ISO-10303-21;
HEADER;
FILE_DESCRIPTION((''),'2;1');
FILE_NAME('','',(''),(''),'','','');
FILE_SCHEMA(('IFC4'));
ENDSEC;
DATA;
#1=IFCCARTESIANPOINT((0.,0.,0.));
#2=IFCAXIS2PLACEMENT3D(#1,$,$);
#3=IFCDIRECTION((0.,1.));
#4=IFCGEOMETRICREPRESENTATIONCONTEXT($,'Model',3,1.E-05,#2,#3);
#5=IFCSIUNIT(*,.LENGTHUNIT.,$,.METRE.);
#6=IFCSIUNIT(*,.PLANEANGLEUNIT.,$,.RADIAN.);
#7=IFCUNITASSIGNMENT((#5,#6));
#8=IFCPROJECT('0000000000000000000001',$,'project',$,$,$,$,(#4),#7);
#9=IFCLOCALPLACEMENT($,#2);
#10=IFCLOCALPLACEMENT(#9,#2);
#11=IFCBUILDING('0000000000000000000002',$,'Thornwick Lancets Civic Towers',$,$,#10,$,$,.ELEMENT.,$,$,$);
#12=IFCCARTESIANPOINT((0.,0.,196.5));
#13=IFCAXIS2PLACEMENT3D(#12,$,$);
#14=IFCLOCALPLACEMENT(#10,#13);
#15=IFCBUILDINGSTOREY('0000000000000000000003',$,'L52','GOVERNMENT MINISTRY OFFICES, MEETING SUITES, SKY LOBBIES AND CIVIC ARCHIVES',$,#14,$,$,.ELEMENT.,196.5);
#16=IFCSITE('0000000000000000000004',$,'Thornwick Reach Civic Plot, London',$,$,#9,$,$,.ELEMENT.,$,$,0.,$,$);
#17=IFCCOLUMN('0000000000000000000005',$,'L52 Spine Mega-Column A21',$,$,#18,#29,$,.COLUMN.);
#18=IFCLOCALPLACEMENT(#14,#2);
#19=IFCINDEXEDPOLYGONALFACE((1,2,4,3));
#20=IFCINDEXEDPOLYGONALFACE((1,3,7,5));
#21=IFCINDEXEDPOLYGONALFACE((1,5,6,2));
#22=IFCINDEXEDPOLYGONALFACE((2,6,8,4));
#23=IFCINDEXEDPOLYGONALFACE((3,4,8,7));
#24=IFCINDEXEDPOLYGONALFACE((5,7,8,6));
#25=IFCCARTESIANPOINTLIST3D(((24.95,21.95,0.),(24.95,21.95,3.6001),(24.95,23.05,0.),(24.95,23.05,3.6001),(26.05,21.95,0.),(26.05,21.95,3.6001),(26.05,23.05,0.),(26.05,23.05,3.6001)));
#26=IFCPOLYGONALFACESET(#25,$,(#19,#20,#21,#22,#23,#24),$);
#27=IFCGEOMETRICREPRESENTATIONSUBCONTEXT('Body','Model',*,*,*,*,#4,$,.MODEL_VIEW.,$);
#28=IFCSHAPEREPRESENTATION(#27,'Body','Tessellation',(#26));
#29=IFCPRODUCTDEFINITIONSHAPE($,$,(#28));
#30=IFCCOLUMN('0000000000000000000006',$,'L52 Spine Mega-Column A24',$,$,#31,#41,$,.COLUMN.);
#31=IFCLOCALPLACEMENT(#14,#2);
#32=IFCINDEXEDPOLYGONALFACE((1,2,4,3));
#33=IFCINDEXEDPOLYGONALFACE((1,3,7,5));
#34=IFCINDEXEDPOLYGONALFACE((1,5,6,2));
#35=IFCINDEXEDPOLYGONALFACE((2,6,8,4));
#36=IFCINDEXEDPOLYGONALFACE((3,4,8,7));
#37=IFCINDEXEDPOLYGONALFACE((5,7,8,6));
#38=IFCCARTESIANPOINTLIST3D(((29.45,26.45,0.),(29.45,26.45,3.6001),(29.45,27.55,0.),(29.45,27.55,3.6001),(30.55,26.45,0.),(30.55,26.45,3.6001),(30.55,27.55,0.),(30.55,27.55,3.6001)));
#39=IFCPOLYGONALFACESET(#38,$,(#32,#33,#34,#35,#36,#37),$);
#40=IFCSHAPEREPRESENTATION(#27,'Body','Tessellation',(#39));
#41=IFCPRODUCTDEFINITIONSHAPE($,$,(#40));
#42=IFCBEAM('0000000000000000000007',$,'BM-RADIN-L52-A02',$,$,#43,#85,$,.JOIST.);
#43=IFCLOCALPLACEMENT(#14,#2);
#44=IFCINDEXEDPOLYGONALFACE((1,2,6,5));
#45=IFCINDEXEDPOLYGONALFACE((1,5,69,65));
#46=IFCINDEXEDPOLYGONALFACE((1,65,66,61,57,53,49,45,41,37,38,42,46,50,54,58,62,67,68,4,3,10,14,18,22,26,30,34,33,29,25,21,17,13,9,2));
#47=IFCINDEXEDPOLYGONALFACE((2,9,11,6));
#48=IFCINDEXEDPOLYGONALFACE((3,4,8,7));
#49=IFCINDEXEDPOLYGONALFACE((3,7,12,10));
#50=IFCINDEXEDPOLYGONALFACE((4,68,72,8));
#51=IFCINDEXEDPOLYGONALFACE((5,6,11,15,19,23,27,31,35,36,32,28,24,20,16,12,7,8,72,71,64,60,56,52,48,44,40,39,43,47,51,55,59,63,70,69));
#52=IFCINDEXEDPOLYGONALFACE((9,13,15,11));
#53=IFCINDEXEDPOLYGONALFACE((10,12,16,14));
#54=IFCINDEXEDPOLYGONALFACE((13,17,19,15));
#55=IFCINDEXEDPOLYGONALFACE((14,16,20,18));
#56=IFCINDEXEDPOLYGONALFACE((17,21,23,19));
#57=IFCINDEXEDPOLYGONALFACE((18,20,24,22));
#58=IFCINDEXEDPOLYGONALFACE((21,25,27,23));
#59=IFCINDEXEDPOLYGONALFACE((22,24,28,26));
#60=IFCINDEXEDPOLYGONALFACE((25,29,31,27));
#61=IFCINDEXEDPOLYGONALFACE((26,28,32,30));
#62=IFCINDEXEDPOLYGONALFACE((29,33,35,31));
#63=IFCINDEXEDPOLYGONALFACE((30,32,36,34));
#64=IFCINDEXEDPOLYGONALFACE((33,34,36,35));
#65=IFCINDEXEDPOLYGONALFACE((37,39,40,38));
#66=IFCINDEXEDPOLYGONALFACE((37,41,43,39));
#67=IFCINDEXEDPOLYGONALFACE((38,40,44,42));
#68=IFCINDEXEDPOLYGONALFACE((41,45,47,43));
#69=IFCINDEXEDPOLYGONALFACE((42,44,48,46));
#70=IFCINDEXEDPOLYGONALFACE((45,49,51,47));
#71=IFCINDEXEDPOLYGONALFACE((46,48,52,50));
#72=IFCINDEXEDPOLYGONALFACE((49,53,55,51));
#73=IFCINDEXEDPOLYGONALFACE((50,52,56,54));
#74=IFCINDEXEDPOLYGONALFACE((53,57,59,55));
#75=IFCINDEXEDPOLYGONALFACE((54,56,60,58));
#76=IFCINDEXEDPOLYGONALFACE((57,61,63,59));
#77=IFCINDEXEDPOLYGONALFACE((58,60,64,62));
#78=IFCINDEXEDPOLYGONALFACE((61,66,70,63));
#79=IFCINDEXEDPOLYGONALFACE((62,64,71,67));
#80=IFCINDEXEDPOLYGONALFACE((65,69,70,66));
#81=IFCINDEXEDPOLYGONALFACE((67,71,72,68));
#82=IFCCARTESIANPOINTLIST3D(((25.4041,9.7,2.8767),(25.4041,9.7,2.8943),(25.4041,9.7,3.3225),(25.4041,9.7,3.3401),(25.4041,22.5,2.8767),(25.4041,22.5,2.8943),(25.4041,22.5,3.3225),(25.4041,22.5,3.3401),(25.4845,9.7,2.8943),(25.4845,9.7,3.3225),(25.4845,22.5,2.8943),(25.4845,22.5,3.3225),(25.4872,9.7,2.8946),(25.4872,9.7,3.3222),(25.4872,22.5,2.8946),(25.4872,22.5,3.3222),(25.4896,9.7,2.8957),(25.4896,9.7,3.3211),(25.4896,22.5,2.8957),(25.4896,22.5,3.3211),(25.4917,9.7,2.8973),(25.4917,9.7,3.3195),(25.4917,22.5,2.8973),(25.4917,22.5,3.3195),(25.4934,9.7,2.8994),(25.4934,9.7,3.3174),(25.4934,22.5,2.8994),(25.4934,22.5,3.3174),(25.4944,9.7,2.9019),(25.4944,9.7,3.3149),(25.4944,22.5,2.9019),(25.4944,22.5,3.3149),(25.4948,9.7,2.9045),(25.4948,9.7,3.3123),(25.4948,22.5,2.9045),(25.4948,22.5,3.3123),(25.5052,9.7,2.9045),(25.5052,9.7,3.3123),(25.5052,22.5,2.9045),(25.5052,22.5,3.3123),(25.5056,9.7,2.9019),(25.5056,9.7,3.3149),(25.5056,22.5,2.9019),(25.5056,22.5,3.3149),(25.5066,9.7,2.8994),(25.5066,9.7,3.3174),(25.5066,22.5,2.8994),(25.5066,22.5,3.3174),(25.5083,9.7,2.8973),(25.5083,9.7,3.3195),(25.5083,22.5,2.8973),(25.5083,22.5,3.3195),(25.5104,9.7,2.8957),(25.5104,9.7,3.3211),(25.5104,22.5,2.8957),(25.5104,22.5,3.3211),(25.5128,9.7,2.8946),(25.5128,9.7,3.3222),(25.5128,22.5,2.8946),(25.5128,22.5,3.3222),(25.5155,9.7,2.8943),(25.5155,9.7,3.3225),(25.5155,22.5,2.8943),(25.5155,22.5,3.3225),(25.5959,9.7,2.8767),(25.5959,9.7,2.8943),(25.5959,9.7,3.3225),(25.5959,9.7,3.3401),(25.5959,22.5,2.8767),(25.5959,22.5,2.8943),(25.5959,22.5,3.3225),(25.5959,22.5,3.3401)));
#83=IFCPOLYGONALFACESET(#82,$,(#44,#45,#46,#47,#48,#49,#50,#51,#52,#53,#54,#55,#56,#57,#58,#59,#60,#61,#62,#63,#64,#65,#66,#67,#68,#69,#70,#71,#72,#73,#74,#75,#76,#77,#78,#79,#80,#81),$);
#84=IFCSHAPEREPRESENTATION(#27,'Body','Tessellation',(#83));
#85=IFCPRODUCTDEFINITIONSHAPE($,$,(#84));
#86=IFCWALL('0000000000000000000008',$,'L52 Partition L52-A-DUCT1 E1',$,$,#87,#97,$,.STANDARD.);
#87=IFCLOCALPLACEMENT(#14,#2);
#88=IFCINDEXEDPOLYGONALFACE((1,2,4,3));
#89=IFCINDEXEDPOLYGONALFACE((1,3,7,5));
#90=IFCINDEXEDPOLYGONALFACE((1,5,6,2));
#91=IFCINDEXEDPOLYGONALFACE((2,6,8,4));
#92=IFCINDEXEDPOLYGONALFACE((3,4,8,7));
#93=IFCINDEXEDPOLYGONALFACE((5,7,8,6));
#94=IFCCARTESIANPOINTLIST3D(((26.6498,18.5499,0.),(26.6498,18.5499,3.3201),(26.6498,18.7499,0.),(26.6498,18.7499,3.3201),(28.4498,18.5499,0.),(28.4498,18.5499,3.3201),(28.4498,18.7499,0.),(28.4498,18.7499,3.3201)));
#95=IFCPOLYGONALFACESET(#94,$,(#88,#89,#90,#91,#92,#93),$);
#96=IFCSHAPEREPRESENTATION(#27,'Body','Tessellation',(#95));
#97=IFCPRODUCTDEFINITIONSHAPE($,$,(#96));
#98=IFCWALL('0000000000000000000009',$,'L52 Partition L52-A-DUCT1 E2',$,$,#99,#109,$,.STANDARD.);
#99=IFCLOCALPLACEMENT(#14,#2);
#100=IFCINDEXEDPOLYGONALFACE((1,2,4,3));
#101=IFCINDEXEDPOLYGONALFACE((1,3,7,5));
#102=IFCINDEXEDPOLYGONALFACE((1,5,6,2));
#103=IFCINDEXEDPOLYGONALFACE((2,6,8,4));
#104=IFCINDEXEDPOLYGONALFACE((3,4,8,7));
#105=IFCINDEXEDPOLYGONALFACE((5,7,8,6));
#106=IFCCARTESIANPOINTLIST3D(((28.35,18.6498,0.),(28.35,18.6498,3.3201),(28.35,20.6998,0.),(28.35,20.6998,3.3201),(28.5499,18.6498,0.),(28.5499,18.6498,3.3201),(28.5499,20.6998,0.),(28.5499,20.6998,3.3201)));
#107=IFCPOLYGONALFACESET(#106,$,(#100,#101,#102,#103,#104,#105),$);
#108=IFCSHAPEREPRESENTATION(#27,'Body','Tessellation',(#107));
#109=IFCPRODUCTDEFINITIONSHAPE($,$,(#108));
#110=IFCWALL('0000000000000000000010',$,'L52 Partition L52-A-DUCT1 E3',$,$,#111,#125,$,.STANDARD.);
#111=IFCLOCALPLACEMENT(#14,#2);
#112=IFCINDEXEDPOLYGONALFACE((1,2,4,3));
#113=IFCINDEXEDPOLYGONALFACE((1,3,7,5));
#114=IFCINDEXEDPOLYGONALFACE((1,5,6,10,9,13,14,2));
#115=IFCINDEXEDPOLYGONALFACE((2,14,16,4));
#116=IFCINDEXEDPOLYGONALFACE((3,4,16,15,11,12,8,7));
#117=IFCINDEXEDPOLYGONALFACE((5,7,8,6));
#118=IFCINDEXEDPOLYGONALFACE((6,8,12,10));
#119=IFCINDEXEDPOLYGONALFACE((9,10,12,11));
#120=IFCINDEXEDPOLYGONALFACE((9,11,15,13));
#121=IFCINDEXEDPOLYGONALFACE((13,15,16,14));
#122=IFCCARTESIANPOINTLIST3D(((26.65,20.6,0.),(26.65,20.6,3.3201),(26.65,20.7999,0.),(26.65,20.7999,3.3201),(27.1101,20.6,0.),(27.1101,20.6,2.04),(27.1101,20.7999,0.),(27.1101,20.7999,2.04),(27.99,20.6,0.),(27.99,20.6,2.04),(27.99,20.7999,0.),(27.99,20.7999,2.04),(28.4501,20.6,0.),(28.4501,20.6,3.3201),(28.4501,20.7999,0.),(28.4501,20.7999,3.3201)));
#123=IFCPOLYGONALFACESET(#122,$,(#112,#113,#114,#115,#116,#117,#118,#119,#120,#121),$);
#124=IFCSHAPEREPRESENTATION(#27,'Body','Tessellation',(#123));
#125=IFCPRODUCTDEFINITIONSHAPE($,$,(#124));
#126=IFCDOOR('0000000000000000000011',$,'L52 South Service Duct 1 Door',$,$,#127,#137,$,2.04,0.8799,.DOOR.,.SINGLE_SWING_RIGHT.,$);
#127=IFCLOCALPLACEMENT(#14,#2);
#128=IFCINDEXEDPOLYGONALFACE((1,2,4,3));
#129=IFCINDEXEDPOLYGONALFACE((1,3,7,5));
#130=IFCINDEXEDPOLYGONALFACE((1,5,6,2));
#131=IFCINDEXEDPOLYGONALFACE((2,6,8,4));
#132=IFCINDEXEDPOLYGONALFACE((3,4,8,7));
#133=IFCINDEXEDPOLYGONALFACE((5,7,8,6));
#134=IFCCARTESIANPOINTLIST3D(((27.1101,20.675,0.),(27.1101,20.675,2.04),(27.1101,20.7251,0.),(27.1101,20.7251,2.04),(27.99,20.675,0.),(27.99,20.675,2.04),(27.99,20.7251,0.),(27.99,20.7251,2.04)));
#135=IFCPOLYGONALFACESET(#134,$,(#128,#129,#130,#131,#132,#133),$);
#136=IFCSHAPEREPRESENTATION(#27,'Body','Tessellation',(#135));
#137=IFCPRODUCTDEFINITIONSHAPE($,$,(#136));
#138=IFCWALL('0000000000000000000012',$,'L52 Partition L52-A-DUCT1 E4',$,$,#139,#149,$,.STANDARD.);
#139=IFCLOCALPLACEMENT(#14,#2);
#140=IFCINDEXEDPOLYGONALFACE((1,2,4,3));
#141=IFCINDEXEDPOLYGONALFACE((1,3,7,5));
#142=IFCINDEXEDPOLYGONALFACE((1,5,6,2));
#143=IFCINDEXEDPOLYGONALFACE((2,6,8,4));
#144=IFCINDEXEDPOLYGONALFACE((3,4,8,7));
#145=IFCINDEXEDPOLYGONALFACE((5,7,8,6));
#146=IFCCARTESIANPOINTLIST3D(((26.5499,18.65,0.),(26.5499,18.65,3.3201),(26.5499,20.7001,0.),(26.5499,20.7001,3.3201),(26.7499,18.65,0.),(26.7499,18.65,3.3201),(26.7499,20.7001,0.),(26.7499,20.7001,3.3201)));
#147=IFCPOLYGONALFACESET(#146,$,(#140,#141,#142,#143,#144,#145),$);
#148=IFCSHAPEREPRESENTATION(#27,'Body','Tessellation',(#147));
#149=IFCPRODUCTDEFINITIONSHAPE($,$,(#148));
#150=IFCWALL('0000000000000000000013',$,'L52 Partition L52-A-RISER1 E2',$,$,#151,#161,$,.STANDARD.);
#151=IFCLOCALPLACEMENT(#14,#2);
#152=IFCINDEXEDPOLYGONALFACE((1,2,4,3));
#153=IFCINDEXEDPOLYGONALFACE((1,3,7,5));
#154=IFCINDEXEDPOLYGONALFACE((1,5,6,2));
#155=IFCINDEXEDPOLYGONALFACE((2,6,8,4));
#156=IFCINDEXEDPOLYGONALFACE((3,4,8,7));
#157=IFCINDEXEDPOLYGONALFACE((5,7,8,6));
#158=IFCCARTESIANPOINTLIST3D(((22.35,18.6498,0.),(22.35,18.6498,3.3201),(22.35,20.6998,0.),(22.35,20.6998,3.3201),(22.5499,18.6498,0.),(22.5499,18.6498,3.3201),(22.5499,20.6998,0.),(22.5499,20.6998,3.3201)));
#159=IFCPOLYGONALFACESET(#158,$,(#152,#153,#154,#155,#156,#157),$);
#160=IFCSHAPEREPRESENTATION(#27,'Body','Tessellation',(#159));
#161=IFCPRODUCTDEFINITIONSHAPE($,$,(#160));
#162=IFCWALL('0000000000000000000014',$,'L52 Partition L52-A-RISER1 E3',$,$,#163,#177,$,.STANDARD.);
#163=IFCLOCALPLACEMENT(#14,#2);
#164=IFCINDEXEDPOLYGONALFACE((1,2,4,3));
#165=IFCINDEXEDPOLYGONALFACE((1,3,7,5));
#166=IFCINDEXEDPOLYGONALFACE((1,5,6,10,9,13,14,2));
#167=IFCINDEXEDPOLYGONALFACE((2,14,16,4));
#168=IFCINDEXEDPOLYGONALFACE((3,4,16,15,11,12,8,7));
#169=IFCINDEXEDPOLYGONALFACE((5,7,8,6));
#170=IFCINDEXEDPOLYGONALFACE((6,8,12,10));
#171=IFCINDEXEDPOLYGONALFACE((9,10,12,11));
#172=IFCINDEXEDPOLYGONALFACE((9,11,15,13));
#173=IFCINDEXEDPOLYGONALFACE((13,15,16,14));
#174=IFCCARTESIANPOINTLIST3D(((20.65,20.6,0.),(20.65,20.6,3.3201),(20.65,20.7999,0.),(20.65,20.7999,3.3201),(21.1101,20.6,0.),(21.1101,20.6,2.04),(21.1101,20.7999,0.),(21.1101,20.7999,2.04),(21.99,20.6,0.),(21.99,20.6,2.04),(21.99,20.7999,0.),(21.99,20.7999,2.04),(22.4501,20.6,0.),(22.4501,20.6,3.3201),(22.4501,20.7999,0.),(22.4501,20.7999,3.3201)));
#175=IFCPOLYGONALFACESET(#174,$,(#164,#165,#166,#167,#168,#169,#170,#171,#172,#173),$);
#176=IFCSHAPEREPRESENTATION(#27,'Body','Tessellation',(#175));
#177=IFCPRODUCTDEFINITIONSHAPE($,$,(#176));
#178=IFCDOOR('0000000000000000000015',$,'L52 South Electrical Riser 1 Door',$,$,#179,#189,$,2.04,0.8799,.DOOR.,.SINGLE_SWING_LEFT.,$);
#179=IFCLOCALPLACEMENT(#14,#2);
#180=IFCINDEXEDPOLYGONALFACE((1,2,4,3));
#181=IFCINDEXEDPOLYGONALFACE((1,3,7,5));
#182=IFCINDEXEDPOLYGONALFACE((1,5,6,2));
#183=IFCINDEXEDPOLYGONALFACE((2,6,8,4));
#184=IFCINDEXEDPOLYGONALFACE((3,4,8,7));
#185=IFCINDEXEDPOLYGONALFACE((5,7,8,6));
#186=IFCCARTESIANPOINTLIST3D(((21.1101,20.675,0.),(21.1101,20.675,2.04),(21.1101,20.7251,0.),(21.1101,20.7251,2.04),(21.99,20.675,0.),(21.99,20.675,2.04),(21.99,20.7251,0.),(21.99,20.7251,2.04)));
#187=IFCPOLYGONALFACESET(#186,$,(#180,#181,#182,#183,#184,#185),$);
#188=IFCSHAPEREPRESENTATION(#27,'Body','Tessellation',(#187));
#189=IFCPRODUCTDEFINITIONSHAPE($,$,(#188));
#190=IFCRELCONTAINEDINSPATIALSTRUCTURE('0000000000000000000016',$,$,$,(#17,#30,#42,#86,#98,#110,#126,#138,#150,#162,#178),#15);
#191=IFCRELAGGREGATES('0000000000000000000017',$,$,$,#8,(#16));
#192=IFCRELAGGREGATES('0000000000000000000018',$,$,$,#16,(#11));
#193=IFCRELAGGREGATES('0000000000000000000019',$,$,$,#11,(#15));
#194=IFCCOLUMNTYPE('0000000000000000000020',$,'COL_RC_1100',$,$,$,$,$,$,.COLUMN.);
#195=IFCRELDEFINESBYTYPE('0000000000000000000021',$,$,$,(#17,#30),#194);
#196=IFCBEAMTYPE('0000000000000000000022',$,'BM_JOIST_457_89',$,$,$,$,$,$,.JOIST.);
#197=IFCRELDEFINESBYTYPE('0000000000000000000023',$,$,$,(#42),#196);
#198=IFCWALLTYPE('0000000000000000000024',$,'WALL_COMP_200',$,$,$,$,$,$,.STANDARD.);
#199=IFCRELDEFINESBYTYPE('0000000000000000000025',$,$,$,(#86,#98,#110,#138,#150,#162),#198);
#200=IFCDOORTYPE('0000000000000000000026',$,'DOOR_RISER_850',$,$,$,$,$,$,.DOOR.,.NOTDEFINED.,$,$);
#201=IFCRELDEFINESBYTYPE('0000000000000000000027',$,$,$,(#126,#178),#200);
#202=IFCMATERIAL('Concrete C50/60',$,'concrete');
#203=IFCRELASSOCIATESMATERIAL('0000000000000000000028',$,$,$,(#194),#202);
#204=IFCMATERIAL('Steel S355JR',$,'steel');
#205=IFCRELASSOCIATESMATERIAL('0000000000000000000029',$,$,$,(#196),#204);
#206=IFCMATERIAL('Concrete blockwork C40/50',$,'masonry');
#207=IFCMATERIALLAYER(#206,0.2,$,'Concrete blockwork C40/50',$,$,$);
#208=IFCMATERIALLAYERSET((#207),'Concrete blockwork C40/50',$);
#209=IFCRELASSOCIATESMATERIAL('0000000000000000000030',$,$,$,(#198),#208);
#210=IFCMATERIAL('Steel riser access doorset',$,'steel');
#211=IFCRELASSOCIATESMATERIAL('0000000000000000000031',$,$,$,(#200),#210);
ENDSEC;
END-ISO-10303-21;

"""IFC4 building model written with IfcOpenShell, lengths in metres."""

from ifc_helpers import new_model, si_unit, direction, frame, frame_2d, origin, origin_2d, place, context, subcontext, project, spatial, rectangle, i_section, extrude, material, layer, layer_set, material_profile, profile_set, type_object, element, fill, save


model = new_model("IFC4")

# Units and contexts
model_context = context("Model", 3, precision=1e-05, world=origin(), true_north=direction((0.0, 1.0)))
body_context = subcontext(model_context, "Body", "Model", "MODEL_VIEW")
ifc_project = project(units=[si_unit("LENGTHUNIT", "METRE"), si_unit("PLANEANGLEUNIT", "RADIAN")], contexts=[model_context])

# Site, building, storey
site_placement = place(None, origin())
site = spatial("IfcSite", under=ifc_project, at=site_placement, Name="Thornwick Reach Civic Plot, London", CompositionType="ELEMENT", RefElevation=0.0)
building_placement = place(site_placement, origin())
building = spatial("IfcBuilding", under=site, at=building_placement, Name="Thornwick Lancets Civic Towers", CompositionType="ELEMENT")
storey_placement = place(building_placement, frame((0.0, 0.0, 196.5)))
storey = spatial("IfcBuildingStorey", under=building, at=storey_placement, Name="L52", Description="GOVERNMENT MINISTRY OFFICES, MEETING SUITES, SKY LOBBIES AND CIVIC ARCHIVES", CompositionType="ELEMENT", Elevation=196.5)

# Columns
ifc_material_1 = material(Name="Concrete C50/60", Category="concrete")
ifc_material_profile_1 = material_profile(ifc_material_1, rectangle(XDim=1.1001, YDim=1.1001, at=origin_2d()), Name="RC 1100x1100")
ifc_profile_set_1 = profile_set([ifc_material_profile_1], Name="Concrete C50/60")
column_type = type_object("IfcColumnType", Name="COL_RC_1100", PredefinedType="COLUMN", material=ifc_profile_set_1)
for number, where, z_axis, x_axis, name in (
    (1, (25.5, 22.5, 0.0), (0.0, 0.0, 1.0), (1.0, 0.0, 0.0), "L52 Spine Mega-Column A21"),
    (2, (30.0, 27.0, 0.0), (0.0, 0.0, 1.0), (1.0, 0.0, 0.0), "L52 Spine Mega-Column A24"),
):
    element("IfcColumn", number, at=place(storey_placement, frame(where, z_axis=z_axis, x_axis=x_axis)), inside=storey, type_object=column_type, Name=name, PredefinedType="COLUMN", context=body_context, shape_type="SweptSolid", body=[
        extrude(rectangle(XDim=1.1001, YDim=1.1001, at=origin_2d()), origin(), (0.0, 0.0, 1.0), 3.6001),
    ])

# Beam
ifc_material_2 = material(Name="Steel S355JR", Category="steel")
ifc_material_profile_2 = material_profile(ifc_material_2, i_section(OverallWidth=0.1919, OverallDepth=0.4634, WebThickness=0.0105, FlangeThickness=0.0176, FilletRadius=0.0103, at=origin_2d()), Name="UKB 457x191x89")
ifc_profile_set_2 = profile_set([ifc_material_profile_2], Name="Steel S355JR")
beam_type = type_object("IfcBeamType", Name="BM_JOIST_457_89", PredefinedType="JOIST", material=ifc_profile_set_2)
beam_placement = place(storey_placement, frame((25.5, 22.5, 3.1084), z_axis=(0.0, -1.0, 0.0), x_axis=(1.0, 0.0, 0.0)))
element("IfcBeam", 3, at=beam_placement, inside=storey, type_object=beam_type, Name="BM-RADIN-L52-A02", PredefinedType="JOIST", context=body_context, shape_type="SweptSolid", body=[
    extrude(i_section(OverallWidth=0.1919, OverallDepth=0.4634, WebThickness=0.0105, FlangeThickness=0.0176, FilletRadius=0.0103, at=origin_2d()), origin(), (0.0, 0.0, 1.0), 12.8),
])

# Walls
ifc_material_3 = material(Name="Concrete blockwork C40/50", Category="masonry")
ifc_layer_1 = layer(ifc_material_3, 0.2, Name="Concrete blockwork C40/50")
ifc_layer_set_1 = layer_set([ifc_layer_1], Name="Concrete blockwork C40/50")
wall_type_1 = type_object("IfcWallType", Name="WALL_COMP_200", PredefinedType="STANDARD", material=ifc_layer_set_1)
wall_1_placement = place(storey_placement, frame((26.6499, 18.6499, 0.0), z_axis=(0.0, 0.0, 1.0), x_axis=(1.0, 0.0, 0.0)))
element("IfcWall", 4, at=wall_1_placement, inside=storey, type_object=wall_type_1, Name="L52 Partition L52-A-DUCT1 E1", PredefinedType="STANDARD", context=body_context, shape_type="SweptSolid", body=[
    extrude(rectangle(XDim=1.8, YDim=0.2, at=frame_2d((0.8999, 0.0))), origin(), (0.0, 0.0, 1.0), 3.3201),
])
wall_2_placement = place(storey_placement, frame((28.45, 18.6499, 0.0), z_axis=(0.0, 0.0, 1.0), x_axis=(0.0, 1.0, 0.0)))
element("IfcWall", 5, at=wall_2_placement, inside=storey, type_object=wall_type_1, Name="L52 Partition L52-A-DUCT1 E2", PredefinedType="STANDARD", context=body_context, shape_type="SweptSolid", body=[
    extrude(rectangle(XDim=2.05, YDim=0.2, at=frame_2d((1.0249, 0.0))), origin(), (0.0, 0.0, 1.0), 3.3201),
])

# Wall, opening, door
wall_3_placement = place(storey_placement, frame((28.45, 20.7, 0.0), z_axis=(0.0, 0.0, 1.0), x_axis=(-1.0, 0.0, 0.0)))
wall_3 = element("IfcWall", 6, at=wall_3_placement, inside=storey, type_object=wall_type_1, Name="L52 Partition L52-A-DUCT1 E3", PredefinedType="STANDARD", context=body_context, shape_type="SweptSolid", body=[
    extrude(rectangle(XDim=1.8, YDim=0.2, at=frame_2d((0.8999, 0.0))), origin(), (0.0, 0.0, 1.0), 3.3201),
])
opening_1_placement = place(wall_3_placement, frame((0.46, 0.0, 0.0)))
opening_1 = element("IfcOpeningElement", 7, at=opening_1_placement, cuts=wall_3, PredefinedType="OPENING", context=body_context, shape_type="SweptSolid", body=[
    extrude(rectangle(XDim=0.8799, YDim=2.04, at=frame_2d((0.4399, 1.02))), frame((0.0, 0.1099, 0.0), z_axis=(0.0, -1.0, 0.0), x_axis=(1.0, 0.0, 0.0)), (0.0, 0.0, 1.0), 0.22),
])
ifc_material_4 = material(Name="Steel riser access doorset", Category="steel")
door_type_1 = type_object("IfcDoorType", Name="DOOR_RISER_850", OperationType="NOTDEFINED", PredefinedType="DOOR", material=ifc_material_4)
door_1_placement = place(opening_1_placement, origin())
door_1 = element("IfcDoor", 8, at=door_1_placement, inside=storey, type_object=door_type_1, Name="L52 South Service Duct 1 Door", OperationType="SINGLE_SWING_RIGHT", OverallHeight=2.04, OverallWidth=0.8799, PredefinedType="DOOR", context=body_context, shape_type="SweptSolid", body=[
    extrude(rectangle(XDim=0.8799, YDim=2.04, at=frame_2d((0.4399, 1.02))), frame((0.0, 0.0249, 0.0), z_axis=(0.0, -1.0, 0.0), x_axis=(1.0, 0.0, 0.0)), (0.0, 0.0, 1.0), 0.05),
])
fill(opening_1, door_1)

# Walls
for number, where, z_axis, x_axis, name in (
    (9, (26.6499, 20.7, 0.0), (0.0, 0.0, 1.0), (0.0, -1.0, 0.0), "L52 Partition L52-A-DUCT1 E4"),
    (10, (22.45, 18.6499, 0.0), (0.0, 0.0, 1.0), (0.0, 1.0, 0.0), "L52 Partition L52-A-RISER1 E2"),
):
    element("IfcWall", number, at=place(storey_placement, frame(where, z_axis=z_axis, x_axis=x_axis)), inside=storey, type_object=wall_type_1, Name=name, PredefinedType="STANDARD", context=body_context, shape_type="SweptSolid", body=[
        extrude(rectangle(XDim=2.05, YDim=0.2, at=frame_2d((1.0249, 0.0))), origin(), (0.0, 0.0, 1.0), 3.3201),
    ])

# Wall, opening, door
wall_4_placement = place(storey_placement, frame((22.45, 20.7, 0.0), z_axis=(0.0, 0.0, 1.0), x_axis=(-1.0, 0.0, 0.0)))
wall_4 = element("IfcWall", 11, at=wall_4_placement, inside=storey, type_object=wall_type_1, Name="L52 Partition L52-A-RISER1 E3", PredefinedType="STANDARD", context=body_context, shape_type="SweptSolid", body=[
    extrude(rectangle(XDim=1.8, YDim=0.2, at=frame_2d((0.8999, 0.0))), origin(), (0.0, 0.0, 1.0), 3.3201),
])
opening_2_placement = place(wall_4_placement, frame((0.46, 0.0, 0.0)))
opening_2 = element("IfcOpeningElement", 12, at=opening_2_placement, cuts=wall_4, PredefinedType="OPENING", context=body_context, shape_type="SweptSolid", body=[
    extrude(rectangle(XDim=0.8799, YDim=2.04, at=frame_2d((0.4399, 1.02))), frame((0.0, 0.1099, 0.0), z_axis=(0.0, -1.0, 0.0), x_axis=(1.0, 0.0, 0.0)), (0.0, 0.0, 1.0), 0.22),
])
door_2_placement = place(opening_2_placement, origin())
door_2 = element("IfcDoor", 13, at=door_2_placement, inside=storey, type_object=door_type_1, Name="L52 South Electrical Riser 1 Door", OperationType="SINGLE_SWING_LEFT", OverallHeight=2.04, OverallWidth=0.8799, PredefinedType="DOOR", context=body_context, shape_type="SweptSolid", body=[
    extrude(rectangle(XDim=0.8799, YDim=2.04, at=frame_2d((0.4399, 1.02))), frame((0.0, 0.0249, 0.0), z_axis=(0.0, -1.0, 0.0), x_axis=(1.0, 0.0, 0.0)), (0.0, 0.0, 1.0), 0.05),
])
fill(opening_2, door_2)

save(model, "model.ifc")
